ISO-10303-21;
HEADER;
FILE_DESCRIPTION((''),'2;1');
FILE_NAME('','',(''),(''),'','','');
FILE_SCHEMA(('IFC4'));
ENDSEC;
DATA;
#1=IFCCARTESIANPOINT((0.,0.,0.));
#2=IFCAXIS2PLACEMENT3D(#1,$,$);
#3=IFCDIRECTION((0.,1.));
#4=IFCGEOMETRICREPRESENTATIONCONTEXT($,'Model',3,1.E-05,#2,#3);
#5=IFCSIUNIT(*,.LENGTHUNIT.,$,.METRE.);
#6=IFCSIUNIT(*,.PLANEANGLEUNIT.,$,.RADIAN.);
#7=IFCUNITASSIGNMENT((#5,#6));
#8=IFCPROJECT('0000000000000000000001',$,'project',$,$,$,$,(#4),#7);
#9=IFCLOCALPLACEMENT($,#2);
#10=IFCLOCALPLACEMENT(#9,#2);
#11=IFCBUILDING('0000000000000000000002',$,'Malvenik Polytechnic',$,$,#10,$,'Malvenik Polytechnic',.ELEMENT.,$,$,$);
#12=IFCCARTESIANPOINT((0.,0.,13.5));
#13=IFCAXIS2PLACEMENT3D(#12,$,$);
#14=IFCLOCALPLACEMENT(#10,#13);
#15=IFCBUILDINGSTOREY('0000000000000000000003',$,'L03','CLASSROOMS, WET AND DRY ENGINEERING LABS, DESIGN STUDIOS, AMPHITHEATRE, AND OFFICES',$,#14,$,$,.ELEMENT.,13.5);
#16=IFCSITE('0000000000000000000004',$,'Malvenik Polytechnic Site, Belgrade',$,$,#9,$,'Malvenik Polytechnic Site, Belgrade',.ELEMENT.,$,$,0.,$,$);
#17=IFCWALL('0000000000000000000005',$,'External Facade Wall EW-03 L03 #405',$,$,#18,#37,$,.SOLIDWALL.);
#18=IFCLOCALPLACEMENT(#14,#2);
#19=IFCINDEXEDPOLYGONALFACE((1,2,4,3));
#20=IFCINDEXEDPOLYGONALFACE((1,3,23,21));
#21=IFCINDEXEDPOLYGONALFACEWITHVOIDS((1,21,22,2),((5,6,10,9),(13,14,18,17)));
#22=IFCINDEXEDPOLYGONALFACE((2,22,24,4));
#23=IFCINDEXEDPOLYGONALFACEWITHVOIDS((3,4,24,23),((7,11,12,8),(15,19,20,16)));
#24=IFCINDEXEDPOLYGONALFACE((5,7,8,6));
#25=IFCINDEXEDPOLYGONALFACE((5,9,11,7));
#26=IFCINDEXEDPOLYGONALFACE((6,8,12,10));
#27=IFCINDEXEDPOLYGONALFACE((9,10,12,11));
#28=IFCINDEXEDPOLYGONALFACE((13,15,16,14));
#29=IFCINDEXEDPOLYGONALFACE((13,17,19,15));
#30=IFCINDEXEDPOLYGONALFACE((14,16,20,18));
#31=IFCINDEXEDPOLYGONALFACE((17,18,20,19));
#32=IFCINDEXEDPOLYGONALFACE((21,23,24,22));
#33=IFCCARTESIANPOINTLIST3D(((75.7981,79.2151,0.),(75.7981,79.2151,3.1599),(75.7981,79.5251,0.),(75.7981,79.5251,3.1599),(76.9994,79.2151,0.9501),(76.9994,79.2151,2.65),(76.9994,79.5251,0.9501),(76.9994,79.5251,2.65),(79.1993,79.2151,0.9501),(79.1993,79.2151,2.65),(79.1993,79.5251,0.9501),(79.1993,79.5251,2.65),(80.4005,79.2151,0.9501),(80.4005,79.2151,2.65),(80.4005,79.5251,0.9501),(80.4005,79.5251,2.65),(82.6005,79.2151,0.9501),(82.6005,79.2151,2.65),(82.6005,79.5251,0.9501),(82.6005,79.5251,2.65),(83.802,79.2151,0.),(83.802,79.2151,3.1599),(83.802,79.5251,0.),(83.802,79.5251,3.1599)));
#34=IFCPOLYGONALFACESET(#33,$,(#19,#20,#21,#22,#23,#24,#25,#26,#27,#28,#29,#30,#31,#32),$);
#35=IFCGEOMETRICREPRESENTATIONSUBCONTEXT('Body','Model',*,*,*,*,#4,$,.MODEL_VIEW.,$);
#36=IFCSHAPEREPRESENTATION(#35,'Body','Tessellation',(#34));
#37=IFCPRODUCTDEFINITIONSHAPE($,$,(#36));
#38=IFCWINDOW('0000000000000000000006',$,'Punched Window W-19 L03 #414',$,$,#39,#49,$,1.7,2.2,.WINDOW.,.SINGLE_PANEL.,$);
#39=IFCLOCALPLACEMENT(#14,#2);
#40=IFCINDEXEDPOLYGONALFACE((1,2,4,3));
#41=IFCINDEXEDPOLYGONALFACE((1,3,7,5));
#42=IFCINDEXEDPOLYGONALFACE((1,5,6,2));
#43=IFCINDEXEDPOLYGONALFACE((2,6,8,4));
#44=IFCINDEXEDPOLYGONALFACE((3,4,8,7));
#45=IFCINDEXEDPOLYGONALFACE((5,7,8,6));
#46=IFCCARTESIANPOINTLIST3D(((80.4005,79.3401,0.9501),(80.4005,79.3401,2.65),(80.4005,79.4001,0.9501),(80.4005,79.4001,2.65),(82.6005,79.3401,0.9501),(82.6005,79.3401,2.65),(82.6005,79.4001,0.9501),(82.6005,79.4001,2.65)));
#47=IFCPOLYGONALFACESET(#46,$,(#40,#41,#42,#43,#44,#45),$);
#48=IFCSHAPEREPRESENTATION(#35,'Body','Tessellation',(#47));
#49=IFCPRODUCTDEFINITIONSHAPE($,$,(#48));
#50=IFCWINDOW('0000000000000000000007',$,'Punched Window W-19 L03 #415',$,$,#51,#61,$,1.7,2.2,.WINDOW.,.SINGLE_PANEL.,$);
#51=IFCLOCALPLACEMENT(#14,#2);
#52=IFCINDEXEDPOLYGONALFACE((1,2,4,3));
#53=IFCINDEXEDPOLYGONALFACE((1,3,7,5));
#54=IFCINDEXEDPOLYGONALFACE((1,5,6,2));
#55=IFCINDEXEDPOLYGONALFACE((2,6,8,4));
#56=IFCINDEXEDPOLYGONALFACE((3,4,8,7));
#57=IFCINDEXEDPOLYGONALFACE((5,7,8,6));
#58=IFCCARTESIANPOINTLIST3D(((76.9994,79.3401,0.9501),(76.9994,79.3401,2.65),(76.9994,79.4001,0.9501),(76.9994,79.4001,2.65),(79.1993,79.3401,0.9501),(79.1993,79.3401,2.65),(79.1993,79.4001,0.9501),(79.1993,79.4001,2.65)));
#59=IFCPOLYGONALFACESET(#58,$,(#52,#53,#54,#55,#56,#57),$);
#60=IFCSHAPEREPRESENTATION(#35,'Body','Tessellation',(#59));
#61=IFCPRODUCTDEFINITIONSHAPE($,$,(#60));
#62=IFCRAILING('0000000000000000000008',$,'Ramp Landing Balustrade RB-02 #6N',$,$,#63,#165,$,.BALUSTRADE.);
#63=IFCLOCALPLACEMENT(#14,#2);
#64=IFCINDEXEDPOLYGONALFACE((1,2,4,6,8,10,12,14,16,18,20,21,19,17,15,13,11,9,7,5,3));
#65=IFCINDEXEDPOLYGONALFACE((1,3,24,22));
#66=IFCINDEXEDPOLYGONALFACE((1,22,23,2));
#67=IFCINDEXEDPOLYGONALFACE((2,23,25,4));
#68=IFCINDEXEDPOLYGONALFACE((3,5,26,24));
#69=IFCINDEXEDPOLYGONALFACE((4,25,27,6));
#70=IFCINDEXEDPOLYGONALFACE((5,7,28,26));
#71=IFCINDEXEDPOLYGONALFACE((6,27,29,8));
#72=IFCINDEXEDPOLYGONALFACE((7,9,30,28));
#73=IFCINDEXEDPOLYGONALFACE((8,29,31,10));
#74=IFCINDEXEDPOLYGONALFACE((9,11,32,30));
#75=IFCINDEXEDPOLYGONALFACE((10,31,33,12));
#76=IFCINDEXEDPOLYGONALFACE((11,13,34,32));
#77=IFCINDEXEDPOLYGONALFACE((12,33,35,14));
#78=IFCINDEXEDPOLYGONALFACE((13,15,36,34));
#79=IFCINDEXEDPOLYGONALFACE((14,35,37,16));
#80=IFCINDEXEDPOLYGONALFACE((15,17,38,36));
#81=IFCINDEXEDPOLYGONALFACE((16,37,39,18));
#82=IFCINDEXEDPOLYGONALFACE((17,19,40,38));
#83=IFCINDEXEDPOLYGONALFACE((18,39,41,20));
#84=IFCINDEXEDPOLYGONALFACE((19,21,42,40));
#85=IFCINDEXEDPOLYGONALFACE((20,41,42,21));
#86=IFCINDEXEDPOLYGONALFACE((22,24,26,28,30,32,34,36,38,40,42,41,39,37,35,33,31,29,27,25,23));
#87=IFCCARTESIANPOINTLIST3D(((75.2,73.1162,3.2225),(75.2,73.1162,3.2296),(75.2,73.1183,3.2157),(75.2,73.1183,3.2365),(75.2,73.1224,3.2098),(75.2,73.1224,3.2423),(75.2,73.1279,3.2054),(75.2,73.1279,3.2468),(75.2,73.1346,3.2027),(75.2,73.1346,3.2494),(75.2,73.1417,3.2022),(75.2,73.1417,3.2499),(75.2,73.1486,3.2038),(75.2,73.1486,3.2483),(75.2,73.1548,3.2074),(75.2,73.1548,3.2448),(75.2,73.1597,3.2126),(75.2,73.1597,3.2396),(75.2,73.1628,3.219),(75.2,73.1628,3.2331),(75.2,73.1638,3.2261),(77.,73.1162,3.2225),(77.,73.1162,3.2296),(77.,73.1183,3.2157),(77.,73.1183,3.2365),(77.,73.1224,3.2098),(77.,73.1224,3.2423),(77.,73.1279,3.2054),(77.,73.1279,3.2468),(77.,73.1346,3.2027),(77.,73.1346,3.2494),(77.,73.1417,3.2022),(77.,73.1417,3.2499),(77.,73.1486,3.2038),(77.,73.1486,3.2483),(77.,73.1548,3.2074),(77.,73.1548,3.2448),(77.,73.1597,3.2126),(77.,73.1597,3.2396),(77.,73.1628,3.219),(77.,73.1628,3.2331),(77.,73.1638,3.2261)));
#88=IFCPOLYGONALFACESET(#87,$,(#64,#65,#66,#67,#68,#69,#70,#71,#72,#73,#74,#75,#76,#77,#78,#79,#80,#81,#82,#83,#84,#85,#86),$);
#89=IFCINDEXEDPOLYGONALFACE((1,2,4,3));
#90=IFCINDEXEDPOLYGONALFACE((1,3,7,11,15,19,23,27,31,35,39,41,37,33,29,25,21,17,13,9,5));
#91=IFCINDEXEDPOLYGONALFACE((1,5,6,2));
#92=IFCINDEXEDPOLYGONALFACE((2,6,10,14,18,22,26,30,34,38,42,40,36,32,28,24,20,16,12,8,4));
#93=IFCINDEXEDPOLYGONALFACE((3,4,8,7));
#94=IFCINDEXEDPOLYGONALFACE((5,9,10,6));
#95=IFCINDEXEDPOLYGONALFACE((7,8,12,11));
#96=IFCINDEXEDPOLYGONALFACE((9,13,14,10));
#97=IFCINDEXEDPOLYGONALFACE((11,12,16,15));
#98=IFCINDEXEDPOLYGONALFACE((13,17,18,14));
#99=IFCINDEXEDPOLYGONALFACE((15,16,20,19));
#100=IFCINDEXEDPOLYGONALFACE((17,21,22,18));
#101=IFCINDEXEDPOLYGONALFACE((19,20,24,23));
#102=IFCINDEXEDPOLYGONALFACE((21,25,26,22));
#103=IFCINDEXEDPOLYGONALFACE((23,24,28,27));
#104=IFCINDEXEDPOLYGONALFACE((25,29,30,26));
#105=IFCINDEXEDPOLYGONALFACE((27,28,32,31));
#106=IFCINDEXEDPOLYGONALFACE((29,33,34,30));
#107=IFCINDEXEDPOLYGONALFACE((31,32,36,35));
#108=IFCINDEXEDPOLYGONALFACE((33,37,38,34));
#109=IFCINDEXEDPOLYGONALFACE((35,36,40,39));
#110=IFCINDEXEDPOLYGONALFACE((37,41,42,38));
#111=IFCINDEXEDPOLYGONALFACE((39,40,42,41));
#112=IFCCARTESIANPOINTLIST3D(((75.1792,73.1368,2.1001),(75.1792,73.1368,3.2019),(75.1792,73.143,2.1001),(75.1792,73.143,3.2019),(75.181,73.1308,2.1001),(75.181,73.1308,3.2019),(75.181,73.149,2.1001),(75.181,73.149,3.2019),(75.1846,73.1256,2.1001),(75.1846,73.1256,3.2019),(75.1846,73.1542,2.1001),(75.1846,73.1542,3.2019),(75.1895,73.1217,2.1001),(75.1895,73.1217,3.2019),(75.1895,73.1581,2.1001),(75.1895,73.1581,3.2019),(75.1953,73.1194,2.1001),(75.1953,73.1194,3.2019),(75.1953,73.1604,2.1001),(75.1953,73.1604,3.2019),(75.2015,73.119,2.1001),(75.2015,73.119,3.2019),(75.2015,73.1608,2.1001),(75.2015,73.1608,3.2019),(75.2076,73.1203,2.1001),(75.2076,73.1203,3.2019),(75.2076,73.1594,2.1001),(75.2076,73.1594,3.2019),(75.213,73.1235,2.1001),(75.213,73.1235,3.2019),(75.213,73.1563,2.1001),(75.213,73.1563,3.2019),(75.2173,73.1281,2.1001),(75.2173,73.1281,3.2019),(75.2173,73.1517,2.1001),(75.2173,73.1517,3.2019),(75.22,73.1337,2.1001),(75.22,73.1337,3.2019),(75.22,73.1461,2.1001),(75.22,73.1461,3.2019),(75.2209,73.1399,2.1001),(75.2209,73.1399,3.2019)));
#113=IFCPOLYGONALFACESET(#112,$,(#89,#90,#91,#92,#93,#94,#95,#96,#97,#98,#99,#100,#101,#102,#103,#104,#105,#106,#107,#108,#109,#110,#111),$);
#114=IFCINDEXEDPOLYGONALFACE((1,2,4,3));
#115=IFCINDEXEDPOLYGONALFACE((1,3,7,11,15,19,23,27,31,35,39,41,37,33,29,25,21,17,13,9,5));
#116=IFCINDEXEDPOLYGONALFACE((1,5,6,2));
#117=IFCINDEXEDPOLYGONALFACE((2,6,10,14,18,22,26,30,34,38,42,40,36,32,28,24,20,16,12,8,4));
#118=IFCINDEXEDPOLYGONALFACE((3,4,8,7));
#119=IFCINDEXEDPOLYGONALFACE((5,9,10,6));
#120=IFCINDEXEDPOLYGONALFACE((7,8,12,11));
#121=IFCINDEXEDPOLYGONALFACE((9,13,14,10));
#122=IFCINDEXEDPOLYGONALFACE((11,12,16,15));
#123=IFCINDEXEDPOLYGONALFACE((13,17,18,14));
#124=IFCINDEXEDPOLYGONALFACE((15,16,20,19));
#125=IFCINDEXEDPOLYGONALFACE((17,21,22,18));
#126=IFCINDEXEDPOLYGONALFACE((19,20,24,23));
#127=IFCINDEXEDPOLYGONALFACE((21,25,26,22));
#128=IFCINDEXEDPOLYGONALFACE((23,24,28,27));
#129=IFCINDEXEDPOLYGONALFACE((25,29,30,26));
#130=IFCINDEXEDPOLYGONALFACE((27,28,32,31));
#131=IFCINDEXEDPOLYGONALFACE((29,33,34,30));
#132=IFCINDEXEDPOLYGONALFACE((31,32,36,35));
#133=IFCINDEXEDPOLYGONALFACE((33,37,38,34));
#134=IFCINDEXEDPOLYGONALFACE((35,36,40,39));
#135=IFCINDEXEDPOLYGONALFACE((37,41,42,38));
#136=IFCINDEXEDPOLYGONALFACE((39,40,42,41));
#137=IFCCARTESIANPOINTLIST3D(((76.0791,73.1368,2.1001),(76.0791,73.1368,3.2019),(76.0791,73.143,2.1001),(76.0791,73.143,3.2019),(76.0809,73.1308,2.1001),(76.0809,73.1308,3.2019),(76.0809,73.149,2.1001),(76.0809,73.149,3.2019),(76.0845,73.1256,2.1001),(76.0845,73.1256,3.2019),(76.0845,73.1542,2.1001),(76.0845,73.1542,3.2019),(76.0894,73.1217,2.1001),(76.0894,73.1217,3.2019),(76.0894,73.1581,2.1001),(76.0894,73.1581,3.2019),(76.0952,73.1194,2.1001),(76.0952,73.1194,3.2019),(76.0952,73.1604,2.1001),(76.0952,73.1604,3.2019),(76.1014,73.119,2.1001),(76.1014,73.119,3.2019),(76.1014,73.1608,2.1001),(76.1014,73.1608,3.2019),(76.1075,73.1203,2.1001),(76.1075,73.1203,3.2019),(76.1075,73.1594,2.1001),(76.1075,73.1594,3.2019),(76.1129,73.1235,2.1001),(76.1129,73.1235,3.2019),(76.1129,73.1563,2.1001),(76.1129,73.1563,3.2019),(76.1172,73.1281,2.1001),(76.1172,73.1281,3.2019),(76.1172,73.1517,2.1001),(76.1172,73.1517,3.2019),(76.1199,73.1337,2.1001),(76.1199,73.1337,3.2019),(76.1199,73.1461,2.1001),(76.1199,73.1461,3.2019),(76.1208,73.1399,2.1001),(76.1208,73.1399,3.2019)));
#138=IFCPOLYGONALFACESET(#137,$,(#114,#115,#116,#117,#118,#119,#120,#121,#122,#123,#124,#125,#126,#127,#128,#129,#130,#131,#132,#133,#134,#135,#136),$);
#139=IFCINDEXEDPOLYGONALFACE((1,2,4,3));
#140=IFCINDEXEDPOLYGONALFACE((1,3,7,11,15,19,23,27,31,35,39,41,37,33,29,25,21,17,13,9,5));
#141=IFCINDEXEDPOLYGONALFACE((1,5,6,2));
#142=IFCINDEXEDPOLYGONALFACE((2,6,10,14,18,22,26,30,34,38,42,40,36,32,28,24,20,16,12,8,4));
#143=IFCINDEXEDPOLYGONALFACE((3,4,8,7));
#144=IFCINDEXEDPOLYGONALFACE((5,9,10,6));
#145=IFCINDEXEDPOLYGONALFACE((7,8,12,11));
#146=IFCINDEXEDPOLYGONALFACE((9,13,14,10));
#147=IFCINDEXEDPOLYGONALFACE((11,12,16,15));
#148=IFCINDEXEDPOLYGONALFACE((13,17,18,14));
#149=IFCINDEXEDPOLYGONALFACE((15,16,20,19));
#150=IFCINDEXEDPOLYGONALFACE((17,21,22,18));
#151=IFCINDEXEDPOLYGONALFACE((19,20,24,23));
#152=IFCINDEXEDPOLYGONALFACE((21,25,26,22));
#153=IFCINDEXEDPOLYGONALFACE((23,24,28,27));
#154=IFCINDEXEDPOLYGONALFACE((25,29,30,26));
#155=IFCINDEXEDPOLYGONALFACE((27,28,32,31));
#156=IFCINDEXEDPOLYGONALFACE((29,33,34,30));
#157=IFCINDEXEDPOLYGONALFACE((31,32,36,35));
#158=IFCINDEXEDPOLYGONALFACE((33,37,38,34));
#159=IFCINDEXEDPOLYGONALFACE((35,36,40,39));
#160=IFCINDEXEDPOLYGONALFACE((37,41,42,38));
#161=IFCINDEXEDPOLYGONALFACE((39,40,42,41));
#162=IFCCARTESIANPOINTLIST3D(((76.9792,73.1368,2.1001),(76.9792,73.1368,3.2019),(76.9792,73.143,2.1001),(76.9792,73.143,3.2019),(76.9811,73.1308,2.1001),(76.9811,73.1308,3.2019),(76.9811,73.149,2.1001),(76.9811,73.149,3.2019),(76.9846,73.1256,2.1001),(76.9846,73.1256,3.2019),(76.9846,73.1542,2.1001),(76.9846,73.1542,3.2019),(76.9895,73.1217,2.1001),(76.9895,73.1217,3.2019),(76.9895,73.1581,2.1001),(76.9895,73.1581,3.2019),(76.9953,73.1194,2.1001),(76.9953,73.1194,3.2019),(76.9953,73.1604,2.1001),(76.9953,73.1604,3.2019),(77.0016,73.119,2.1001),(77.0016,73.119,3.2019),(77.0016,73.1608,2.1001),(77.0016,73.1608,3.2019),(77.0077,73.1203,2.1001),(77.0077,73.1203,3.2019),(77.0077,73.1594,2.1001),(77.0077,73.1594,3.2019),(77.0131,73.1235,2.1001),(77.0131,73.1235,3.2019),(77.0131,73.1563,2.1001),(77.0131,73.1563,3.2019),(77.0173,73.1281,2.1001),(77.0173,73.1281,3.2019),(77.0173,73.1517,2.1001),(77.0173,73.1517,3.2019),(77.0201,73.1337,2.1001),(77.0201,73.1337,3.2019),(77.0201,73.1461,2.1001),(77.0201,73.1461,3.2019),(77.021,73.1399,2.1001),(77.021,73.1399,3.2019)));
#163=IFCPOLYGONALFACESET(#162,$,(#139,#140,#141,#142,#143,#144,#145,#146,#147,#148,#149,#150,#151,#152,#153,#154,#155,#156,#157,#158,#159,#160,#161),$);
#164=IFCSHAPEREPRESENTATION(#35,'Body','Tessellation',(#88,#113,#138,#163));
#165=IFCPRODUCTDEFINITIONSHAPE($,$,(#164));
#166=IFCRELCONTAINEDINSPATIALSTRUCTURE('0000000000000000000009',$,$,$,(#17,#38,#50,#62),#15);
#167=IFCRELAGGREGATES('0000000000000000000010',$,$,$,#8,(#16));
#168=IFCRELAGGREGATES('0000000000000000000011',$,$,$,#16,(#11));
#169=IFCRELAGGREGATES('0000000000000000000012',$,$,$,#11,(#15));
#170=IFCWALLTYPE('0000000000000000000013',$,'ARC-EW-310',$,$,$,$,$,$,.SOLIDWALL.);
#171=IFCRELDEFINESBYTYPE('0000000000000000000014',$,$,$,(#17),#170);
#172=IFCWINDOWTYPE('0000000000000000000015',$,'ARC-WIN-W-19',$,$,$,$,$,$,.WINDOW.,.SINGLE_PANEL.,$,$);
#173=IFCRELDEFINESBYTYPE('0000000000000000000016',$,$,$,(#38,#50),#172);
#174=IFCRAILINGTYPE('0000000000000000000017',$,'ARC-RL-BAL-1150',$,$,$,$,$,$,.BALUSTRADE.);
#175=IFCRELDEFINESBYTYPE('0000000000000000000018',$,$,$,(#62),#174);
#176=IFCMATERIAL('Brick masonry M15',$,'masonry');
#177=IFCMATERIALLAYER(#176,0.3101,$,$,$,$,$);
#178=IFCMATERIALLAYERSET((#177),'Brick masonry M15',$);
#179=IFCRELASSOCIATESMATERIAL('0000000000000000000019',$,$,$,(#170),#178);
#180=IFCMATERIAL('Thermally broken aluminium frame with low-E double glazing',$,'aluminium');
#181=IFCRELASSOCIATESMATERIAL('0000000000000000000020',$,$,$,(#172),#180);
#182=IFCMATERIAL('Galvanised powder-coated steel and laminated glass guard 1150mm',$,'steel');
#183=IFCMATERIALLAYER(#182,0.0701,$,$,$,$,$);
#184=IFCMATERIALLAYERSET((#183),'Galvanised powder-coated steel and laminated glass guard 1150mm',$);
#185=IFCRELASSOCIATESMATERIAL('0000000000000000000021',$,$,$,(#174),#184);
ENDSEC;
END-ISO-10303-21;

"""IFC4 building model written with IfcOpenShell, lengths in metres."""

from ifc_helpers import new_model, si_unit, direction, frame, frame_2d, origin, origin_2d, place, context, subcontext, project, spatial, rectangle, circle, extrude, material, layer, layer_set, type_object, element, fill, save


model = new_model("IFC4")

# Units and contexts
model_context = context("Model", 3, precision=1e-05, world=origin(), true_north=direction((0.0, 1.0)))
body_context = subcontext(model_context, "Body", "Model", "MODEL_VIEW")
ifc_project = project(units=[si_unit("LENGTHUNIT", "METRE"), si_unit("PLANEANGLEUNIT", "RADIAN")], contexts=[model_context])

# Site, building, storey
site_placement = place(None, origin())
site = spatial("IfcSite", under=ifc_project, at=site_placement, Name="Malvenik Polytechnic Site, Belgrade", LongName="Malvenik Polytechnic Site, Belgrade", CompositionType="ELEMENT", RefElevation=0.0)
building_placement = place(site_placement, origin())
building = spatial("IfcBuilding", under=site, at=building_placement, Name="Malvenik Polytechnic", LongName="Malvenik Polytechnic", CompositionType="ELEMENT")
storey_placement = place(building_placement, frame((0.0, 0.0, 13.5)))
storey = spatial("IfcBuildingStorey", under=building, at=storey_placement, Name="L03", Description="CLASSROOMS, WET AND DRY ENGINEERING LABS, DESIGN STUDIOS, AMPHITHEATRE, AND OFFICES", CompositionType="ELEMENT", Elevation=13.5)

# Wall, openings, windows
ifc_material_1 = material(Name="Brick masonry M15", Category="masonry")
ifc_layer_1 = layer(ifc_material_1, 0.3101)
ifc_layer_set_1 = layer_set([ifc_layer_1], Name="Brick masonry M15")
wall_type = type_object("IfcWallType", Name="ARC-EW-310", PredefinedType="SOLIDWALL", material=ifc_layer_set_1)
wall_placement = place(storey_placement, frame((83.802, 79.3701, 0.0), z_axis=(0.0, 0.0, 1.0), x_axis=(-1.0, 0.0, 0.0)))
wall = element("IfcWall", 1, at=wall_placement, inside=storey, type_object=wall_type, Name="External Facade Wall EW-03 L03 #405", PredefinedType="SOLIDWALL", context=body_context, shape_type="SweptSolid", body=[
    extrude(rectangle(XDim=8.0039, YDim=0.3101, at=frame_2d((4.002, 0.0))), origin(), (0.0, 0.0, 1.0), 3.1599),
])
opening_1_placement = place(wall_placement, frame((1.2014, 0.0, 0.95)))
opening_1 = element("IfcOpeningElement", 2, at=opening_1_placement, cuts=wall, PredefinedType="OPENING", context=body_context, shape_type="SweptSolid", body=[
    extrude(rectangle(XDim=2.2, YDim=1.7, at=frame_2d((1.1001, 0.8501))), frame((0.0, 0.165, 0.0), z_axis=(0.0, -1.0, 0.0), x_axis=(1.0, 0.0, 0.0)), (0.0, 0.0, 1.0), 0.3301),
])
opening_2_placement = place(wall_placement, frame((4.6025, 0.0, 0.95)))
opening_2 = element("IfcOpeningElement", 3, at=opening_2_placement, cuts=wall, PredefinedType="OPENING", context=body_context, shape_type="SweptSolid", body=[
    extrude(rectangle(XDim=2.2, YDim=1.7, at=frame_2d((1.1001, 0.8501))), frame((0.0, 0.165, 0.0), z_axis=(0.0, -1.0, 0.0), x_axis=(1.0, 0.0, 0.0)), (0.0, 0.0, 1.0), 0.3301),
])
ifc_material_2 = material(Name="Thermally broken aluminium frame with low-E double glazing", Category="aluminium")
window_type = type_object("IfcWindowType", Name="ARC-WIN-W-19", PartitioningType="SINGLE_PANEL", PredefinedType="WINDOW", material=ifc_material_2)
window_1_placement = place(opening_1_placement, origin())
window_1 = element("IfcWindow", 4, at=window_1_placement, inside=storey, type_object=window_type, Name="Punched Window W-19 L03 #414", OverallHeight=1.7, OverallWidth=2.2, PartitioningType="SINGLE_PANEL", PredefinedType="WINDOW", context=body_context, shape_type="SweptSolid", body=[
    extrude(rectangle(XDim=2.2, YDim=1.7, at=frame_2d((1.1001, 0.8501))), frame((0.0, 0.03, 0.0), z_axis=(0.0, -1.0, 0.0), x_axis=(1.0, 0.0, 0.0)), (0.0, 0.0, 1.0), 0.0601),
])
fill(opening_1, window_1)
window_2_placement = place(opening_2_placement, origin())
window_2 = element("IfcWindow", 5, at=window_2_placement, inside=storey, type_object=window_type, Name="Punched Window W-19 L03 #415", OverallHeight=1.7, OverallWidth=2.2, PartitioningType="SINGLE_PANEL", PredefinedType="WINDOW", context=body_context, shape_type="SweptSolid", body=[
    extrude(rectangle(XDim=2.2, YDim=1.7, at=frame_2d((1.1001, 0.8501))), frame((0.0, 0.03, 0.0), z_axis=(0.0, -1.0, 0.0), x_axis=(1.0, 0.0, 0.0)), (0.0, 0.0, 1.0), 0.0601),
])
fill(opening_2, window_2)

# Railing
ifc_material_3 = material(Name="Galvanised powder-coated steel and laminated glass guard 1150mm", Category="steel")
ifc_layer_2 = layer(ifc_material_3, 0.0701)
ifc_layer_set_2 = layer_set([ifc_layer_2], Name="Galvanised powder-coated steel and laminated glass guard 1150mm")
railing_type_1 = type_object("IfcRailingType", Name="ARC-RL-BAL-1150", PredefinedType="BALUSTRADE", material=ifc_layer_set_2)
railing_1_placement = place(storey_placement, frame((75.2, 73.1399, 2.1001)))
element("IfcRailing", 6, at=railing_1_placement, inside=storey, type_object=railing_type_1, Name="Ramp Landing Balustrade RB-02 #6N", PredefinedType="BALUSTRADE", context=body_context, shape_type="SweptSolid", body=[
    extrude(circle(Radius=0.0239, at=origin_2d()), frame((0.0, 0.0, 1.126), z_axis=(1.0, 0.0, 0.0), x_axis=(0.0, 1.0, 0.0)), (0.0, 0.0, 1.0), 1.8),
    extrude(circle(Radius=0.021, at=origin_2d()), origin(), (0.0, 0.0, 1.0), 1.1018),
    extrude(circle(Radius=0.021, at=origin_2d()), frame((0.8999, 0.0, 0.0)), (0.0, 0.0, 1.0), 1.1018),
    extrude(circle(Radius=0.021, at=origin_2d()), frame((1.8, 0.0, 0.0)), (0.0, 0.0, 1.0), 1.1018),
])

save(model, "model.ifc")
